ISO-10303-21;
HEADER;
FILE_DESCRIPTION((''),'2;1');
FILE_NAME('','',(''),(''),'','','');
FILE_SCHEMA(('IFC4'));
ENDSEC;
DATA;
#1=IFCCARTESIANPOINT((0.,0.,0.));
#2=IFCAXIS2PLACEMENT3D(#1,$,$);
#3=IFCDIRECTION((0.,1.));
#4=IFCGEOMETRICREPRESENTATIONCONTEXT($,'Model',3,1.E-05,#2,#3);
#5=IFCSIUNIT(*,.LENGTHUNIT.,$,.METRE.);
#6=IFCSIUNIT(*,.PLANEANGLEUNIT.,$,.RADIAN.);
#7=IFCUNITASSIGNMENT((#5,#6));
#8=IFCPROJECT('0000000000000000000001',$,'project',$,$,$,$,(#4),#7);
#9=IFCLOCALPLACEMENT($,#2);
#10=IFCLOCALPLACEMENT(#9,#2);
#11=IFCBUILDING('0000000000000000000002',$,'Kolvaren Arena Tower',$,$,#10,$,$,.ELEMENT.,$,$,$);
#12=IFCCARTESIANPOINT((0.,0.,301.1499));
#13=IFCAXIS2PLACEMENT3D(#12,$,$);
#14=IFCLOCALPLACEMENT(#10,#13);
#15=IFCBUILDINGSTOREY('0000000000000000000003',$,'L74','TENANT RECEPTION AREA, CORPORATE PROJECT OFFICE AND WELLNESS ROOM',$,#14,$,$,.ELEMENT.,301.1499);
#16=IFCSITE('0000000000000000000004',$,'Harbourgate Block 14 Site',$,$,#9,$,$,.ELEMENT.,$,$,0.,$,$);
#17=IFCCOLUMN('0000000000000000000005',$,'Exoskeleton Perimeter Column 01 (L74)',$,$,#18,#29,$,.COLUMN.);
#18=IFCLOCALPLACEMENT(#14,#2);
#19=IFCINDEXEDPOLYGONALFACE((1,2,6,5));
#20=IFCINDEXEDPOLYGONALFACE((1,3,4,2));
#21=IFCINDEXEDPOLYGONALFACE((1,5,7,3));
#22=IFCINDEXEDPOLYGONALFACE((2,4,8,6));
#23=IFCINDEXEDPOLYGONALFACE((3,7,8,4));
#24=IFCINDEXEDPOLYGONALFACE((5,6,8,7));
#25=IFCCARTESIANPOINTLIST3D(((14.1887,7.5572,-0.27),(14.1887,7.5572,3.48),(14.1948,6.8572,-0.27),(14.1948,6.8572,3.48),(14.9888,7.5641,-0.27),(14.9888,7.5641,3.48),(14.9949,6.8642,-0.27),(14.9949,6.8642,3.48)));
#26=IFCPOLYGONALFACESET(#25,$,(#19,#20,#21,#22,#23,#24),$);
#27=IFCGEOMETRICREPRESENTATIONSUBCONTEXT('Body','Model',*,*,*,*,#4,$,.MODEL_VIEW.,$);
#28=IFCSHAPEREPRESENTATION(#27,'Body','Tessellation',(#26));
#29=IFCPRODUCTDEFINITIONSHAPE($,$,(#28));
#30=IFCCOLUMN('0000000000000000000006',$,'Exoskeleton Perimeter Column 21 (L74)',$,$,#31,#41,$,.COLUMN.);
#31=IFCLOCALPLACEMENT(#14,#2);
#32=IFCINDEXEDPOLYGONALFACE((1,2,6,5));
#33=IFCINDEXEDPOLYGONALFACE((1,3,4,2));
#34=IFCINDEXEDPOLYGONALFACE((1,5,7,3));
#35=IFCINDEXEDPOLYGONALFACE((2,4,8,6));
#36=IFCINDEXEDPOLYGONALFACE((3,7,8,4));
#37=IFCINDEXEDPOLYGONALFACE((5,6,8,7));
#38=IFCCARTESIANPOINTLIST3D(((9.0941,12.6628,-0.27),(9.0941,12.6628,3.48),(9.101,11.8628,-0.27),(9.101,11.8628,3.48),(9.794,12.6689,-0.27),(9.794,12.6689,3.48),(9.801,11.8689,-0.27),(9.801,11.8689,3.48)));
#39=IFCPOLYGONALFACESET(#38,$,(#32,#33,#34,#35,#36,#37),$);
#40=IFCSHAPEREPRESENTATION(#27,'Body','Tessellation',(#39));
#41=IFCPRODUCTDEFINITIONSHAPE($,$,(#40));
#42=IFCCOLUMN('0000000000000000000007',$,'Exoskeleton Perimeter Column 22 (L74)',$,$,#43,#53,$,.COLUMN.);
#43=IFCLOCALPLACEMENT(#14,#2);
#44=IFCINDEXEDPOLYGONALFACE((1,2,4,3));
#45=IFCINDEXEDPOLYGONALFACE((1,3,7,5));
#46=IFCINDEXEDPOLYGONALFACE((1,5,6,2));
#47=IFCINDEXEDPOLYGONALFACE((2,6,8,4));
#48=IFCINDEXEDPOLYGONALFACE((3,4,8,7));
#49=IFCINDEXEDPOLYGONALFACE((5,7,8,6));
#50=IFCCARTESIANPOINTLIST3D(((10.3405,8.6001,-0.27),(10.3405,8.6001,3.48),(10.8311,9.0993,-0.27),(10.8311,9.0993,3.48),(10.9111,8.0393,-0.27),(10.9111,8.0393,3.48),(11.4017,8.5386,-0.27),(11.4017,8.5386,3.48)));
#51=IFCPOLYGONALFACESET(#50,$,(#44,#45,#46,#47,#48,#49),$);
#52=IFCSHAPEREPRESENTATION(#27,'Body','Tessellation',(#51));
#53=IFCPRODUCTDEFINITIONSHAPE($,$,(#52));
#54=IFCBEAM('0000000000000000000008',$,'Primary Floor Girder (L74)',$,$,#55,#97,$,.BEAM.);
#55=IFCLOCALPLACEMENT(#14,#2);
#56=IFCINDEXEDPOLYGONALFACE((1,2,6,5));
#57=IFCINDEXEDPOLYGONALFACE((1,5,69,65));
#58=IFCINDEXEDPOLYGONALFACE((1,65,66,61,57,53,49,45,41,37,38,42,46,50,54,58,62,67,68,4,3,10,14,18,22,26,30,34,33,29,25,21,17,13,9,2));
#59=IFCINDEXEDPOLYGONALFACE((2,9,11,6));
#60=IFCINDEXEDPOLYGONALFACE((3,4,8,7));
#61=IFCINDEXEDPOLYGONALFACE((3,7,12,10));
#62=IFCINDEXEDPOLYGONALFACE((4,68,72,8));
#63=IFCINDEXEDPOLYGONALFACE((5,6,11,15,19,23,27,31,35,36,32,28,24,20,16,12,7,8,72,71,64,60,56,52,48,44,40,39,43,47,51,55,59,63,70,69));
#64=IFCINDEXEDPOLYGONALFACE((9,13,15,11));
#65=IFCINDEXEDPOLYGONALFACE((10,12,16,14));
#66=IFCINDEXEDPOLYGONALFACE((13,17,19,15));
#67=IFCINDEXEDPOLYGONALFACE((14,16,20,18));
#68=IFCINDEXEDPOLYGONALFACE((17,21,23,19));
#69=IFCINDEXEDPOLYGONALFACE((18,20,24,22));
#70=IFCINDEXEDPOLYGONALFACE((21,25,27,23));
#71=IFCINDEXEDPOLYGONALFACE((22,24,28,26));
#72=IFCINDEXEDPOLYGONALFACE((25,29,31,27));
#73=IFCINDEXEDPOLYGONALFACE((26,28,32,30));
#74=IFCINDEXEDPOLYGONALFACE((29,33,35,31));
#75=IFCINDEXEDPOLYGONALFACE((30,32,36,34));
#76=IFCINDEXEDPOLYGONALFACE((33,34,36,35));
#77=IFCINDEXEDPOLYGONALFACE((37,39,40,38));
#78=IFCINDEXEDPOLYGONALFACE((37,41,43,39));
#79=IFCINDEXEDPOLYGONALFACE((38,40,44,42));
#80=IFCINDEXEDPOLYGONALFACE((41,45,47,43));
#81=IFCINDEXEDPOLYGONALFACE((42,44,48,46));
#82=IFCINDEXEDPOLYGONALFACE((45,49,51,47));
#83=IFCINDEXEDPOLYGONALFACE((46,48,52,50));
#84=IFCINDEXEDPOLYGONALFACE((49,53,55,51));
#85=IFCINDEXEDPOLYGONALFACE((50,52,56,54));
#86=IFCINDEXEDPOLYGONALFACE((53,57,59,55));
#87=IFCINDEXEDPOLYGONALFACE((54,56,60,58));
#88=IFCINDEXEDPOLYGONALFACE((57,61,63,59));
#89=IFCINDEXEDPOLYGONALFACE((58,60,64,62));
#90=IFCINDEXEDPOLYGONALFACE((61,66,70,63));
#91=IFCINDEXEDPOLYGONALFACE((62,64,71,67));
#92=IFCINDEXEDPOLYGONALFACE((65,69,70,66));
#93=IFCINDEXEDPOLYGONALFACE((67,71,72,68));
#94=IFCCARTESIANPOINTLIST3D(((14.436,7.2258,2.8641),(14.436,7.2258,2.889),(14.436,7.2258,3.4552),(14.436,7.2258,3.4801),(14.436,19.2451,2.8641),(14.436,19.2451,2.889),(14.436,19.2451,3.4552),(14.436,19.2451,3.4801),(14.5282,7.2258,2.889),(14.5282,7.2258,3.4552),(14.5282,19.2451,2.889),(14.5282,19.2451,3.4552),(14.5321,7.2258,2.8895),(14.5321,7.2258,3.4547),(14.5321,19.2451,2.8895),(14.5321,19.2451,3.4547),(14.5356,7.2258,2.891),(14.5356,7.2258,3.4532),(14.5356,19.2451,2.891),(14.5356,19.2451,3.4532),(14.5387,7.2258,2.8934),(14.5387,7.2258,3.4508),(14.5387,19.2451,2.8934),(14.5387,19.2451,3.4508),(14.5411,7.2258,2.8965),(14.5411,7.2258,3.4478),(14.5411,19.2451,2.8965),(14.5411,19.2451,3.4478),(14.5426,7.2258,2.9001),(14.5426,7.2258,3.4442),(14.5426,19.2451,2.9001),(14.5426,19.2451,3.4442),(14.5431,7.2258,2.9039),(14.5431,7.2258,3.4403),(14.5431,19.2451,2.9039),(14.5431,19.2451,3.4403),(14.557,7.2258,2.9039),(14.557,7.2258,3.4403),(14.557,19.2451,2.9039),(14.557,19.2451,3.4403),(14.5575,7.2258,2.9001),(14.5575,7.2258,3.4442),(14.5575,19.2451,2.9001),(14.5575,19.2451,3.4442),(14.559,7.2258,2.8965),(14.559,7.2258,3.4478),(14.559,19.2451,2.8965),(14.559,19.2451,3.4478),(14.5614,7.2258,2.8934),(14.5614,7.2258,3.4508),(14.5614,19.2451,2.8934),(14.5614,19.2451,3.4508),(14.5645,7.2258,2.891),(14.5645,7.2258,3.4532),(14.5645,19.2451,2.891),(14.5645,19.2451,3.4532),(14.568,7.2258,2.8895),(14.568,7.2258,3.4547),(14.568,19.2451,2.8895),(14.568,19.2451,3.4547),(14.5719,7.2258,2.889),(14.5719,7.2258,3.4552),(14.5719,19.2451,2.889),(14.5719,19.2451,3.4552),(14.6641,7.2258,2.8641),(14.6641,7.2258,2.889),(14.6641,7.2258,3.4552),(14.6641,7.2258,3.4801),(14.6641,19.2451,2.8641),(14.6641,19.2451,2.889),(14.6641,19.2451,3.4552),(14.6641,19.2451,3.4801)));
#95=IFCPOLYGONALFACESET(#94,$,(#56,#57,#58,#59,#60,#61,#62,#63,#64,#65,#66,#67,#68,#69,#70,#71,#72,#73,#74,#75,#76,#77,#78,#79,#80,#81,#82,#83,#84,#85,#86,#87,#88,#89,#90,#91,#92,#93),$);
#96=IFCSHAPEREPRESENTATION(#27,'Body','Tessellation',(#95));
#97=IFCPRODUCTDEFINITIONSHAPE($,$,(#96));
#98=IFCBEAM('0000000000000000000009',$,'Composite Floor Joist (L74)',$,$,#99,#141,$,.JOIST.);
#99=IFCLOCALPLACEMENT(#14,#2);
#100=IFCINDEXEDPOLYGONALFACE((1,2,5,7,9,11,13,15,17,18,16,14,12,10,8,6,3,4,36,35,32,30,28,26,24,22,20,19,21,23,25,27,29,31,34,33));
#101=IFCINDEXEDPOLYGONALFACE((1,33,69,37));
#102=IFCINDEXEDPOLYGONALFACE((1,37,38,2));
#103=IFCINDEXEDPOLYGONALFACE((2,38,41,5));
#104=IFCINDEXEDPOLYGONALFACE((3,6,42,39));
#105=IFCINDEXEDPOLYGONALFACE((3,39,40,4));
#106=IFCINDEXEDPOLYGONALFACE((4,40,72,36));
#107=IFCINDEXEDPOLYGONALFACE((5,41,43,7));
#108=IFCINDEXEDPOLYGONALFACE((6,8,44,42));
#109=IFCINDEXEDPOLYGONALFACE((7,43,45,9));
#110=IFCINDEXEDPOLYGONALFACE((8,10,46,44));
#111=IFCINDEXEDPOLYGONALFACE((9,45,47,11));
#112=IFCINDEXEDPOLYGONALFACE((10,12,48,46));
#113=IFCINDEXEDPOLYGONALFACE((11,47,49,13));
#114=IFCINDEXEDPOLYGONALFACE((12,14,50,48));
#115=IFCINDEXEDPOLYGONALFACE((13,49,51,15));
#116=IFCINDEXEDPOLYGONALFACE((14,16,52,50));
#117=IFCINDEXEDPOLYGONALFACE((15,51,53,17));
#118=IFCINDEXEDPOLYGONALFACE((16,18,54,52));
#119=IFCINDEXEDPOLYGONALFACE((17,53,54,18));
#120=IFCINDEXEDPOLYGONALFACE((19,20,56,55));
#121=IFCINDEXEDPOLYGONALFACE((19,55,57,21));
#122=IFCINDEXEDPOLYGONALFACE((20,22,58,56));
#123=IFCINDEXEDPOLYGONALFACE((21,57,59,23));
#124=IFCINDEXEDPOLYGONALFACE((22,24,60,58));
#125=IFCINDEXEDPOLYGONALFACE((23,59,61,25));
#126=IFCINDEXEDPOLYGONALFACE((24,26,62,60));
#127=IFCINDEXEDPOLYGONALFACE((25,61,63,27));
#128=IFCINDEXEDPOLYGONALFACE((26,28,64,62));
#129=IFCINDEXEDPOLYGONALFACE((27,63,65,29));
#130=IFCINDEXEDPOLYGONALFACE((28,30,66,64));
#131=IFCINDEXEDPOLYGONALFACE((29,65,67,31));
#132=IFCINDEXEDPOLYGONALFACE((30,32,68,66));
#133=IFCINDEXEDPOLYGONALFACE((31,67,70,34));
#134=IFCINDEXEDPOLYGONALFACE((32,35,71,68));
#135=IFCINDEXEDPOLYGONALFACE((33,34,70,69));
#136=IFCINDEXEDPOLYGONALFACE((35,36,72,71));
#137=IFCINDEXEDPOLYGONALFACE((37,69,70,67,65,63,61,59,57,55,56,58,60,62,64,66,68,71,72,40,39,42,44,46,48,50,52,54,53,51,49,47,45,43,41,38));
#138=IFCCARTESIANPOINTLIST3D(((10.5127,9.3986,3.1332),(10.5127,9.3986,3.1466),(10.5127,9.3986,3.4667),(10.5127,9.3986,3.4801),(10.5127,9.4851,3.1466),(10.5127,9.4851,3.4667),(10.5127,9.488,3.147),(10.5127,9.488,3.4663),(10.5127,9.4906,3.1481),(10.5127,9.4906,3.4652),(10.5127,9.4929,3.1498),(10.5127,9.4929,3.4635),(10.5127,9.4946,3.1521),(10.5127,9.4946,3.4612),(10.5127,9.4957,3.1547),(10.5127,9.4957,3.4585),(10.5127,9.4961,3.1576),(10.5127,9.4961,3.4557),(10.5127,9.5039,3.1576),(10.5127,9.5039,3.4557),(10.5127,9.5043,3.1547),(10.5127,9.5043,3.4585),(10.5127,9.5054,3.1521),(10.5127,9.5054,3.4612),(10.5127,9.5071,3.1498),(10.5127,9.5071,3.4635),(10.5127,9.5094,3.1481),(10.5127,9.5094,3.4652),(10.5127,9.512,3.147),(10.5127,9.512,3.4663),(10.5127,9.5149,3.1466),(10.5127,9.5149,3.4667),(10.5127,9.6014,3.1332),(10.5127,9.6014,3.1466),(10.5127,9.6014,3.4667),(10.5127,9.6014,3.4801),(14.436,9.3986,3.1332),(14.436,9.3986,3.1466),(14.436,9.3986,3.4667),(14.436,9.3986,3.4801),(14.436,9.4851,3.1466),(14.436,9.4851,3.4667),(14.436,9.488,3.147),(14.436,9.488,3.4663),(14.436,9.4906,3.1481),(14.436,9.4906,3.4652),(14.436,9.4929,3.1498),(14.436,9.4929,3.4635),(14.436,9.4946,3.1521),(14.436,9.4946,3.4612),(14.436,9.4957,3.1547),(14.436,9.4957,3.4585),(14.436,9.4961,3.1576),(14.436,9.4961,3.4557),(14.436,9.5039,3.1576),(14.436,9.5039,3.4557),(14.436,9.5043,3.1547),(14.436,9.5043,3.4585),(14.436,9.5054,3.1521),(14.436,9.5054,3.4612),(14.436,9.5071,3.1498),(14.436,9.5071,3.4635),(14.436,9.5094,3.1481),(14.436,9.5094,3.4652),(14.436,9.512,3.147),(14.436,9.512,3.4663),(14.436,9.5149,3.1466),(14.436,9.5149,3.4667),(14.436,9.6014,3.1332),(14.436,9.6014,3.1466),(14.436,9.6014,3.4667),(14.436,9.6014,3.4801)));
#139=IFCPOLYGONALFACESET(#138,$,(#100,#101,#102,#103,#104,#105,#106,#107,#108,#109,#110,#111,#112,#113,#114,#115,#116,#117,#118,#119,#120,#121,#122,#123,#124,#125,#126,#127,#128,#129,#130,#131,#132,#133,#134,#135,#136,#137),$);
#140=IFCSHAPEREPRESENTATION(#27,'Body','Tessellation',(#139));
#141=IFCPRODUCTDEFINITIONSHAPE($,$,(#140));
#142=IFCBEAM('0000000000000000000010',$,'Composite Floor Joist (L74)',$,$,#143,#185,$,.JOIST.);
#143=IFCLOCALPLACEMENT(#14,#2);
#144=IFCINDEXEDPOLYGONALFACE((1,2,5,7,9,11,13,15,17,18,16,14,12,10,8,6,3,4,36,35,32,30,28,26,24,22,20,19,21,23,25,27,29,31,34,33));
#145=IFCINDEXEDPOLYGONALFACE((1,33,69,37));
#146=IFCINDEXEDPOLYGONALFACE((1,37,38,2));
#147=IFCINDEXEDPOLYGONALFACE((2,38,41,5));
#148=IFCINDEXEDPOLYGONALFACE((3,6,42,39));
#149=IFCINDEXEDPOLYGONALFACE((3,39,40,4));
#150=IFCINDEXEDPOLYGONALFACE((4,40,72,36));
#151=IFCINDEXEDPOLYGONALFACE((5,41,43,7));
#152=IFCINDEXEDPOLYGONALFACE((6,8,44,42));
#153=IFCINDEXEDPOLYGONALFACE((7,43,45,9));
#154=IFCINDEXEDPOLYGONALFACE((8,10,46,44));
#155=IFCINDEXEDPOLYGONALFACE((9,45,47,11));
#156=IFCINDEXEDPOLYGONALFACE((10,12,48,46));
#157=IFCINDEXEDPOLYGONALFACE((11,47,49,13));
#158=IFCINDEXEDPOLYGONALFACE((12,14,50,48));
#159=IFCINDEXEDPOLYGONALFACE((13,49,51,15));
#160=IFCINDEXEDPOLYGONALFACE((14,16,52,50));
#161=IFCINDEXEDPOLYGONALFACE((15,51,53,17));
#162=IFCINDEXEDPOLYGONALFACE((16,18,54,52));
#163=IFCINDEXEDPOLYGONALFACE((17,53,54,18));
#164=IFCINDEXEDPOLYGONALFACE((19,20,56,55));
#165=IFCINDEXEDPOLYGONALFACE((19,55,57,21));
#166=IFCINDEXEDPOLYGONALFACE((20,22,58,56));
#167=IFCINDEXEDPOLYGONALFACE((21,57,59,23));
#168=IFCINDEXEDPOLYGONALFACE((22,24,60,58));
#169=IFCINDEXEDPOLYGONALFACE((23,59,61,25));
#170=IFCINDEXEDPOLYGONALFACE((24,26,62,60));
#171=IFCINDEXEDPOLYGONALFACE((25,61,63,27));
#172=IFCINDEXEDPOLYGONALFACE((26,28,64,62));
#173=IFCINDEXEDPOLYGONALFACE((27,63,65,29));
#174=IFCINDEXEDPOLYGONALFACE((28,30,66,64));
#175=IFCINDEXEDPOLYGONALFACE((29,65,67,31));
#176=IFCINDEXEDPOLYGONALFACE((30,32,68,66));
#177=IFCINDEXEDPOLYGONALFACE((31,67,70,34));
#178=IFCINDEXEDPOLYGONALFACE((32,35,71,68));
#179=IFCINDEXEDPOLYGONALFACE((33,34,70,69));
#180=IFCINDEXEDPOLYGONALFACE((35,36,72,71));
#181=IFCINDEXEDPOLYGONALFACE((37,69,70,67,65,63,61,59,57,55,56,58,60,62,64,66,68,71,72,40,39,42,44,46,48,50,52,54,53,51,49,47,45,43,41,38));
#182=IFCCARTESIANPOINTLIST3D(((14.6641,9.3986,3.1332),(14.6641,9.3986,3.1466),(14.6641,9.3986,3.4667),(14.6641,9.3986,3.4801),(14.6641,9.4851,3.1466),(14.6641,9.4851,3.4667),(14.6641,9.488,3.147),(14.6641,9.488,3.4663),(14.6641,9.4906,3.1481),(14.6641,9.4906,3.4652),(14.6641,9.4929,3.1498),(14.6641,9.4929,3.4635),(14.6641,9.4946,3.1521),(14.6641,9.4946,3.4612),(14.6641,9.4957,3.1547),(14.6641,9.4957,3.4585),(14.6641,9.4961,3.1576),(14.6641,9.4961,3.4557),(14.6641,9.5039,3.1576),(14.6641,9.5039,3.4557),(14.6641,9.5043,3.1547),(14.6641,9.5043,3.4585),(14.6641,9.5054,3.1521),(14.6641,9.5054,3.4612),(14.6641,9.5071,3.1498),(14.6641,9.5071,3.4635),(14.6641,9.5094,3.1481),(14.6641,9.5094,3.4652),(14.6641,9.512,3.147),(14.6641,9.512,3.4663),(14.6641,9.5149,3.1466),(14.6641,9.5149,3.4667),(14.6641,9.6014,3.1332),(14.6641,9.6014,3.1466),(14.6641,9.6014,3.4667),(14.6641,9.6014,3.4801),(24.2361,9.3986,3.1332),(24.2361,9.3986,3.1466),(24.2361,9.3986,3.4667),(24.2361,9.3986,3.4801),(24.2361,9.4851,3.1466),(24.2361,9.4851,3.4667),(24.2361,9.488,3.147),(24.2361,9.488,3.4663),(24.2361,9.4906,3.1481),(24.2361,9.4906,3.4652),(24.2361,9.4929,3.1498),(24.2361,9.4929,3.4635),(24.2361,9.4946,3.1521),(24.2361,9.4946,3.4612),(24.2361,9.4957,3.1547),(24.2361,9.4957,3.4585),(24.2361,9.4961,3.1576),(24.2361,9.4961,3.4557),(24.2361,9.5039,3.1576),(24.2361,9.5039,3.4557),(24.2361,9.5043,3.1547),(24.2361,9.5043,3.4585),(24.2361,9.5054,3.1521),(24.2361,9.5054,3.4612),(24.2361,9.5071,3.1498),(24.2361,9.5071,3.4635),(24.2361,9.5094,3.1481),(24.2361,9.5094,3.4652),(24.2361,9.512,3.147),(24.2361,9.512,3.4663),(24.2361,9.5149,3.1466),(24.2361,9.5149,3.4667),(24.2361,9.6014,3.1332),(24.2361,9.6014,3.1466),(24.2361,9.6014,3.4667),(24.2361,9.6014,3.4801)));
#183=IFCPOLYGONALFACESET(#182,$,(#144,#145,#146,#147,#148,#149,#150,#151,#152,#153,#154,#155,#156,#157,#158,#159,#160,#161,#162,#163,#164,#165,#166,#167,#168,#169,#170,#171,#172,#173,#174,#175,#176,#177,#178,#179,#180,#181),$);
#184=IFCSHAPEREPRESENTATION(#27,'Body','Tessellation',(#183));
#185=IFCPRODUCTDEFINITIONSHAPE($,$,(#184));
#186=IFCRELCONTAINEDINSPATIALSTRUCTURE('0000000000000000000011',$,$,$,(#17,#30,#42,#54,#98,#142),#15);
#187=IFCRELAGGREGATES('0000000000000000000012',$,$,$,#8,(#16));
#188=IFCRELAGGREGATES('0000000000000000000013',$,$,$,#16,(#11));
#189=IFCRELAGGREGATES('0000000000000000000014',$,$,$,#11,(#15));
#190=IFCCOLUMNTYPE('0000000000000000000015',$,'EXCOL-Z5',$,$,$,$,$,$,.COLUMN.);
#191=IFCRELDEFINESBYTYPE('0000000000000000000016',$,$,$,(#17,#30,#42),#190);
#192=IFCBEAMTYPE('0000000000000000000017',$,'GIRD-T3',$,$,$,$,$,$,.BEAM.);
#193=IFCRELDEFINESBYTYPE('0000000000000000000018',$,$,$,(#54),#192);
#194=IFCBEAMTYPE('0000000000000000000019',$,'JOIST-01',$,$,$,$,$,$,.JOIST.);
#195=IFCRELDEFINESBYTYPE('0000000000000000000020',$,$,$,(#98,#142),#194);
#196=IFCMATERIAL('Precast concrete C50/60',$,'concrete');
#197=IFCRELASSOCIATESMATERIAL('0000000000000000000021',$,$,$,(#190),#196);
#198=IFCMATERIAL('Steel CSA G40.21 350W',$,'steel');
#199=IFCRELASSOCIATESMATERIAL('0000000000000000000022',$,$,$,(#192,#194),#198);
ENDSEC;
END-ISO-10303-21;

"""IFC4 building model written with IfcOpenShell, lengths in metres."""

from ifc_helpers import new_model, si_unit, direction, frame, origin, origin_2d, place, context, subcontext, project, spatial, rectangle, i_section, extrude, material, material_profile, profile_set, type_object, element, save


model = new_model("IFC4")

# Units and contexts
model_context = context("Model", 3, precision=1e-05, world=origin(), true_north=direction((0.0, 1.0)))
body_context = subcontext(model_context, "Body", "Model", "MODEL_VIEW")
ifc_project = project(units=[si_unit("LENGTHUNIT", "METRE"), si_unit("PLANEANGLEUNIT", "RADIAN")], contexts=[model_context])

# Site, building, storey
site_placement = place(None, origin())
site = spatial("IfcSite", under=ifc_project, at=site_placement, Name="Harbourgate Block 14 Site", CompositionType="ELEMENT", RefElevation=0.0)
building_placement = place(site_placement, origin())
building = spatial("IfcBuilding", under=site, at=building_placement, Name="Kolvaren Arena Tower", CompositionType="ELEMENT")
storey_placement = place(building_placement, frame((0.0, 0.0, 301.1499)))
storey = spatial("IfcBuildingStorey", under=building, at=storey_placement, Name="L74", Description="TENANT RECEPTION AREA, CORPORATE PROJECT OFFICE AND WELLNESS ROOM", CompositionType="ELEMENT", Elevation=301.1499)

# Columns
ifc_material_1 = material(Name="Precast concrete C50/60", Category="concrete")
ifc_material_profile_1 = material_profile(ifc_material_1, rectangle(XDim=0.8, YDim=0.7, at=origin_2d()), Name="RC-800x700")
ifc_profile_set_1 = profile_set([ifc_material_profile_1], Name="Precast concrete C50/60")
column_type = type_object("IfcColumnType", Name="EXCOL-Z5", PredefinedType="COLUMN", material=ifc_profile_set_1)
for number, where, z_axis, x_axis, name in (
    (1, (14.5918, 7.2107, -0.27), (0.0, 0.0, 1.0), (0.999962, 0.008727, 0.0), "Exoskeleton Perimeter Column 01 (L74)"),
    (2, (9.4475, 12.2659, -0.27), (0.0, 0.0, 1.0), (-0.008727, 0.999962, 0.0), "Exoskeleton Perimeter Column 21 (L74)"),
    (3, (10.8711, 8.5693, -0.27), (0.0, 0.0, 1.0), (-0.71325, 0.700909, 0.0), "Exoskeleton Perimeter Column 22 (L74)"),
):
    element("IfcColumn", number, at=place(storey_placement, frame(where, z_axis=z_axis, x_axis=x_axis)), inside=storey, type_object=column_type, Name=name, PredefinedType="COLUMN", context=body_context, shape_type="SweptSolid", body=[
        extrude(rectangle(XDim=0.8, YDim=0.7, at=origin_2d()), origin(), (0.0, 0.0, 1.0), 3.75),
    ])

# Beams
ifc_material_2 = material(Name="Steel CSA G40.21 350W", Category="steel")
ifc_material_profile_2 = material_profile(ifc_material_2, i_section(OverallWidth=0.228, OverallDepth=0.616, WebThickness=0.0139, FlangeThickness=0.0249, FilletRadius=0.0149, at=origin_2d()), Name="W610x174")
ifc_profile_set_2 = profile_set([ifc_material_profile_2], Name="Steel CSA G40.21 350W")
beam_type_1 = type_object("IfcBeamType", Name="GIRD-T3", PredefinedType="BEAM", material=ifc_profile_set_2)
beam_1_placement = place(storey_placement, frame((14.55, 7.2258, 3.1721), z_axis=(0.0, 1.0, 0.0), x_axis=(-1.0, 0.0, 0.0)))
element("IfcBeam", 4, at=beam_1_placement, inside=storey, type_object=beam_type_1, Name="Primary Floor Girder (L74)", PredefinedType="BEAM", context=body_context, shape_type="SweptSolid", body=[
    extrude(i_section(OverallWidth=0.228, OverallDepth=0.616, WebThickness=0.0139, FlangeThickness=0.0249, FilletRadius=0.0149, at=origin_2d()), origin(), (0.0, 0.0, 1.0), 12.0193),
])
ifc_material_profile_3 = material_profile(ifc_material_2, i_section(OverallWidth=0.2029, OverallDepth=0.3469, WebThickness=0.0078, FlangeThickness=0.0134, FilletRadius=0.011, at=origin_2d()), Name="W360x64")
ifc_profile_set_3 = profile_set([ifc_material_profile_3], Name="Steel CSA G40.21 350W")
beam_type_2 = type_object("IfcBeamType", Name="JOIST-01", PredefinedType="JOIST", material=ifc_profile_set_3)
beam_2_placement = place(storey_placement, frame((10.5127, 9.5, 3.3066), z_axis=(1.0, 0.0, 0.0), x_axis=(0.0, 1.0, 0.0)))
element("IfcBeam", 5, at=beam_2_placement, inside=storey, type_object=beam_type_2, Name="Composite Floor Joist (L74)", PredefinedType="JOIST", context=body_context, shape_type="SweptSolid", body=[
    extrude(i_section(OverallWidth=0.2029, OverallDepth=0.3469, WebThickness=0.0078, FlangeThickness=0.0134, FilletRadius=0.011, at=origin_2d()), origin(), (0.0, 0.0, 1.0), 3.9233),
])
beam_3_placement = place(storey_placement, frame((14.6641, 9.5, 3.3066), z_axis=(1.0, 0.0, 0.0), x_axis=(0.0, 1.0, 0.0)))
element("IfcBeam", 6, at=beam_3_placement, inside=storey, type_object=beam_type_2, Name="Composite Floor Joist (L74)", PredefinedType="JOIST", context=body_context, shape_type="SweptSolid", body=[
    extrude(i_section(OverallWidth=0.2029, OverallDepth=0.3469, WebThickness=0.0078, FlangeThickness=0.0134, FilletRadius=0.011, at=origin_2d()), origin(), (0.0, 0.0, 1.0), 9.572),
])

save(model, "model.ifc")
